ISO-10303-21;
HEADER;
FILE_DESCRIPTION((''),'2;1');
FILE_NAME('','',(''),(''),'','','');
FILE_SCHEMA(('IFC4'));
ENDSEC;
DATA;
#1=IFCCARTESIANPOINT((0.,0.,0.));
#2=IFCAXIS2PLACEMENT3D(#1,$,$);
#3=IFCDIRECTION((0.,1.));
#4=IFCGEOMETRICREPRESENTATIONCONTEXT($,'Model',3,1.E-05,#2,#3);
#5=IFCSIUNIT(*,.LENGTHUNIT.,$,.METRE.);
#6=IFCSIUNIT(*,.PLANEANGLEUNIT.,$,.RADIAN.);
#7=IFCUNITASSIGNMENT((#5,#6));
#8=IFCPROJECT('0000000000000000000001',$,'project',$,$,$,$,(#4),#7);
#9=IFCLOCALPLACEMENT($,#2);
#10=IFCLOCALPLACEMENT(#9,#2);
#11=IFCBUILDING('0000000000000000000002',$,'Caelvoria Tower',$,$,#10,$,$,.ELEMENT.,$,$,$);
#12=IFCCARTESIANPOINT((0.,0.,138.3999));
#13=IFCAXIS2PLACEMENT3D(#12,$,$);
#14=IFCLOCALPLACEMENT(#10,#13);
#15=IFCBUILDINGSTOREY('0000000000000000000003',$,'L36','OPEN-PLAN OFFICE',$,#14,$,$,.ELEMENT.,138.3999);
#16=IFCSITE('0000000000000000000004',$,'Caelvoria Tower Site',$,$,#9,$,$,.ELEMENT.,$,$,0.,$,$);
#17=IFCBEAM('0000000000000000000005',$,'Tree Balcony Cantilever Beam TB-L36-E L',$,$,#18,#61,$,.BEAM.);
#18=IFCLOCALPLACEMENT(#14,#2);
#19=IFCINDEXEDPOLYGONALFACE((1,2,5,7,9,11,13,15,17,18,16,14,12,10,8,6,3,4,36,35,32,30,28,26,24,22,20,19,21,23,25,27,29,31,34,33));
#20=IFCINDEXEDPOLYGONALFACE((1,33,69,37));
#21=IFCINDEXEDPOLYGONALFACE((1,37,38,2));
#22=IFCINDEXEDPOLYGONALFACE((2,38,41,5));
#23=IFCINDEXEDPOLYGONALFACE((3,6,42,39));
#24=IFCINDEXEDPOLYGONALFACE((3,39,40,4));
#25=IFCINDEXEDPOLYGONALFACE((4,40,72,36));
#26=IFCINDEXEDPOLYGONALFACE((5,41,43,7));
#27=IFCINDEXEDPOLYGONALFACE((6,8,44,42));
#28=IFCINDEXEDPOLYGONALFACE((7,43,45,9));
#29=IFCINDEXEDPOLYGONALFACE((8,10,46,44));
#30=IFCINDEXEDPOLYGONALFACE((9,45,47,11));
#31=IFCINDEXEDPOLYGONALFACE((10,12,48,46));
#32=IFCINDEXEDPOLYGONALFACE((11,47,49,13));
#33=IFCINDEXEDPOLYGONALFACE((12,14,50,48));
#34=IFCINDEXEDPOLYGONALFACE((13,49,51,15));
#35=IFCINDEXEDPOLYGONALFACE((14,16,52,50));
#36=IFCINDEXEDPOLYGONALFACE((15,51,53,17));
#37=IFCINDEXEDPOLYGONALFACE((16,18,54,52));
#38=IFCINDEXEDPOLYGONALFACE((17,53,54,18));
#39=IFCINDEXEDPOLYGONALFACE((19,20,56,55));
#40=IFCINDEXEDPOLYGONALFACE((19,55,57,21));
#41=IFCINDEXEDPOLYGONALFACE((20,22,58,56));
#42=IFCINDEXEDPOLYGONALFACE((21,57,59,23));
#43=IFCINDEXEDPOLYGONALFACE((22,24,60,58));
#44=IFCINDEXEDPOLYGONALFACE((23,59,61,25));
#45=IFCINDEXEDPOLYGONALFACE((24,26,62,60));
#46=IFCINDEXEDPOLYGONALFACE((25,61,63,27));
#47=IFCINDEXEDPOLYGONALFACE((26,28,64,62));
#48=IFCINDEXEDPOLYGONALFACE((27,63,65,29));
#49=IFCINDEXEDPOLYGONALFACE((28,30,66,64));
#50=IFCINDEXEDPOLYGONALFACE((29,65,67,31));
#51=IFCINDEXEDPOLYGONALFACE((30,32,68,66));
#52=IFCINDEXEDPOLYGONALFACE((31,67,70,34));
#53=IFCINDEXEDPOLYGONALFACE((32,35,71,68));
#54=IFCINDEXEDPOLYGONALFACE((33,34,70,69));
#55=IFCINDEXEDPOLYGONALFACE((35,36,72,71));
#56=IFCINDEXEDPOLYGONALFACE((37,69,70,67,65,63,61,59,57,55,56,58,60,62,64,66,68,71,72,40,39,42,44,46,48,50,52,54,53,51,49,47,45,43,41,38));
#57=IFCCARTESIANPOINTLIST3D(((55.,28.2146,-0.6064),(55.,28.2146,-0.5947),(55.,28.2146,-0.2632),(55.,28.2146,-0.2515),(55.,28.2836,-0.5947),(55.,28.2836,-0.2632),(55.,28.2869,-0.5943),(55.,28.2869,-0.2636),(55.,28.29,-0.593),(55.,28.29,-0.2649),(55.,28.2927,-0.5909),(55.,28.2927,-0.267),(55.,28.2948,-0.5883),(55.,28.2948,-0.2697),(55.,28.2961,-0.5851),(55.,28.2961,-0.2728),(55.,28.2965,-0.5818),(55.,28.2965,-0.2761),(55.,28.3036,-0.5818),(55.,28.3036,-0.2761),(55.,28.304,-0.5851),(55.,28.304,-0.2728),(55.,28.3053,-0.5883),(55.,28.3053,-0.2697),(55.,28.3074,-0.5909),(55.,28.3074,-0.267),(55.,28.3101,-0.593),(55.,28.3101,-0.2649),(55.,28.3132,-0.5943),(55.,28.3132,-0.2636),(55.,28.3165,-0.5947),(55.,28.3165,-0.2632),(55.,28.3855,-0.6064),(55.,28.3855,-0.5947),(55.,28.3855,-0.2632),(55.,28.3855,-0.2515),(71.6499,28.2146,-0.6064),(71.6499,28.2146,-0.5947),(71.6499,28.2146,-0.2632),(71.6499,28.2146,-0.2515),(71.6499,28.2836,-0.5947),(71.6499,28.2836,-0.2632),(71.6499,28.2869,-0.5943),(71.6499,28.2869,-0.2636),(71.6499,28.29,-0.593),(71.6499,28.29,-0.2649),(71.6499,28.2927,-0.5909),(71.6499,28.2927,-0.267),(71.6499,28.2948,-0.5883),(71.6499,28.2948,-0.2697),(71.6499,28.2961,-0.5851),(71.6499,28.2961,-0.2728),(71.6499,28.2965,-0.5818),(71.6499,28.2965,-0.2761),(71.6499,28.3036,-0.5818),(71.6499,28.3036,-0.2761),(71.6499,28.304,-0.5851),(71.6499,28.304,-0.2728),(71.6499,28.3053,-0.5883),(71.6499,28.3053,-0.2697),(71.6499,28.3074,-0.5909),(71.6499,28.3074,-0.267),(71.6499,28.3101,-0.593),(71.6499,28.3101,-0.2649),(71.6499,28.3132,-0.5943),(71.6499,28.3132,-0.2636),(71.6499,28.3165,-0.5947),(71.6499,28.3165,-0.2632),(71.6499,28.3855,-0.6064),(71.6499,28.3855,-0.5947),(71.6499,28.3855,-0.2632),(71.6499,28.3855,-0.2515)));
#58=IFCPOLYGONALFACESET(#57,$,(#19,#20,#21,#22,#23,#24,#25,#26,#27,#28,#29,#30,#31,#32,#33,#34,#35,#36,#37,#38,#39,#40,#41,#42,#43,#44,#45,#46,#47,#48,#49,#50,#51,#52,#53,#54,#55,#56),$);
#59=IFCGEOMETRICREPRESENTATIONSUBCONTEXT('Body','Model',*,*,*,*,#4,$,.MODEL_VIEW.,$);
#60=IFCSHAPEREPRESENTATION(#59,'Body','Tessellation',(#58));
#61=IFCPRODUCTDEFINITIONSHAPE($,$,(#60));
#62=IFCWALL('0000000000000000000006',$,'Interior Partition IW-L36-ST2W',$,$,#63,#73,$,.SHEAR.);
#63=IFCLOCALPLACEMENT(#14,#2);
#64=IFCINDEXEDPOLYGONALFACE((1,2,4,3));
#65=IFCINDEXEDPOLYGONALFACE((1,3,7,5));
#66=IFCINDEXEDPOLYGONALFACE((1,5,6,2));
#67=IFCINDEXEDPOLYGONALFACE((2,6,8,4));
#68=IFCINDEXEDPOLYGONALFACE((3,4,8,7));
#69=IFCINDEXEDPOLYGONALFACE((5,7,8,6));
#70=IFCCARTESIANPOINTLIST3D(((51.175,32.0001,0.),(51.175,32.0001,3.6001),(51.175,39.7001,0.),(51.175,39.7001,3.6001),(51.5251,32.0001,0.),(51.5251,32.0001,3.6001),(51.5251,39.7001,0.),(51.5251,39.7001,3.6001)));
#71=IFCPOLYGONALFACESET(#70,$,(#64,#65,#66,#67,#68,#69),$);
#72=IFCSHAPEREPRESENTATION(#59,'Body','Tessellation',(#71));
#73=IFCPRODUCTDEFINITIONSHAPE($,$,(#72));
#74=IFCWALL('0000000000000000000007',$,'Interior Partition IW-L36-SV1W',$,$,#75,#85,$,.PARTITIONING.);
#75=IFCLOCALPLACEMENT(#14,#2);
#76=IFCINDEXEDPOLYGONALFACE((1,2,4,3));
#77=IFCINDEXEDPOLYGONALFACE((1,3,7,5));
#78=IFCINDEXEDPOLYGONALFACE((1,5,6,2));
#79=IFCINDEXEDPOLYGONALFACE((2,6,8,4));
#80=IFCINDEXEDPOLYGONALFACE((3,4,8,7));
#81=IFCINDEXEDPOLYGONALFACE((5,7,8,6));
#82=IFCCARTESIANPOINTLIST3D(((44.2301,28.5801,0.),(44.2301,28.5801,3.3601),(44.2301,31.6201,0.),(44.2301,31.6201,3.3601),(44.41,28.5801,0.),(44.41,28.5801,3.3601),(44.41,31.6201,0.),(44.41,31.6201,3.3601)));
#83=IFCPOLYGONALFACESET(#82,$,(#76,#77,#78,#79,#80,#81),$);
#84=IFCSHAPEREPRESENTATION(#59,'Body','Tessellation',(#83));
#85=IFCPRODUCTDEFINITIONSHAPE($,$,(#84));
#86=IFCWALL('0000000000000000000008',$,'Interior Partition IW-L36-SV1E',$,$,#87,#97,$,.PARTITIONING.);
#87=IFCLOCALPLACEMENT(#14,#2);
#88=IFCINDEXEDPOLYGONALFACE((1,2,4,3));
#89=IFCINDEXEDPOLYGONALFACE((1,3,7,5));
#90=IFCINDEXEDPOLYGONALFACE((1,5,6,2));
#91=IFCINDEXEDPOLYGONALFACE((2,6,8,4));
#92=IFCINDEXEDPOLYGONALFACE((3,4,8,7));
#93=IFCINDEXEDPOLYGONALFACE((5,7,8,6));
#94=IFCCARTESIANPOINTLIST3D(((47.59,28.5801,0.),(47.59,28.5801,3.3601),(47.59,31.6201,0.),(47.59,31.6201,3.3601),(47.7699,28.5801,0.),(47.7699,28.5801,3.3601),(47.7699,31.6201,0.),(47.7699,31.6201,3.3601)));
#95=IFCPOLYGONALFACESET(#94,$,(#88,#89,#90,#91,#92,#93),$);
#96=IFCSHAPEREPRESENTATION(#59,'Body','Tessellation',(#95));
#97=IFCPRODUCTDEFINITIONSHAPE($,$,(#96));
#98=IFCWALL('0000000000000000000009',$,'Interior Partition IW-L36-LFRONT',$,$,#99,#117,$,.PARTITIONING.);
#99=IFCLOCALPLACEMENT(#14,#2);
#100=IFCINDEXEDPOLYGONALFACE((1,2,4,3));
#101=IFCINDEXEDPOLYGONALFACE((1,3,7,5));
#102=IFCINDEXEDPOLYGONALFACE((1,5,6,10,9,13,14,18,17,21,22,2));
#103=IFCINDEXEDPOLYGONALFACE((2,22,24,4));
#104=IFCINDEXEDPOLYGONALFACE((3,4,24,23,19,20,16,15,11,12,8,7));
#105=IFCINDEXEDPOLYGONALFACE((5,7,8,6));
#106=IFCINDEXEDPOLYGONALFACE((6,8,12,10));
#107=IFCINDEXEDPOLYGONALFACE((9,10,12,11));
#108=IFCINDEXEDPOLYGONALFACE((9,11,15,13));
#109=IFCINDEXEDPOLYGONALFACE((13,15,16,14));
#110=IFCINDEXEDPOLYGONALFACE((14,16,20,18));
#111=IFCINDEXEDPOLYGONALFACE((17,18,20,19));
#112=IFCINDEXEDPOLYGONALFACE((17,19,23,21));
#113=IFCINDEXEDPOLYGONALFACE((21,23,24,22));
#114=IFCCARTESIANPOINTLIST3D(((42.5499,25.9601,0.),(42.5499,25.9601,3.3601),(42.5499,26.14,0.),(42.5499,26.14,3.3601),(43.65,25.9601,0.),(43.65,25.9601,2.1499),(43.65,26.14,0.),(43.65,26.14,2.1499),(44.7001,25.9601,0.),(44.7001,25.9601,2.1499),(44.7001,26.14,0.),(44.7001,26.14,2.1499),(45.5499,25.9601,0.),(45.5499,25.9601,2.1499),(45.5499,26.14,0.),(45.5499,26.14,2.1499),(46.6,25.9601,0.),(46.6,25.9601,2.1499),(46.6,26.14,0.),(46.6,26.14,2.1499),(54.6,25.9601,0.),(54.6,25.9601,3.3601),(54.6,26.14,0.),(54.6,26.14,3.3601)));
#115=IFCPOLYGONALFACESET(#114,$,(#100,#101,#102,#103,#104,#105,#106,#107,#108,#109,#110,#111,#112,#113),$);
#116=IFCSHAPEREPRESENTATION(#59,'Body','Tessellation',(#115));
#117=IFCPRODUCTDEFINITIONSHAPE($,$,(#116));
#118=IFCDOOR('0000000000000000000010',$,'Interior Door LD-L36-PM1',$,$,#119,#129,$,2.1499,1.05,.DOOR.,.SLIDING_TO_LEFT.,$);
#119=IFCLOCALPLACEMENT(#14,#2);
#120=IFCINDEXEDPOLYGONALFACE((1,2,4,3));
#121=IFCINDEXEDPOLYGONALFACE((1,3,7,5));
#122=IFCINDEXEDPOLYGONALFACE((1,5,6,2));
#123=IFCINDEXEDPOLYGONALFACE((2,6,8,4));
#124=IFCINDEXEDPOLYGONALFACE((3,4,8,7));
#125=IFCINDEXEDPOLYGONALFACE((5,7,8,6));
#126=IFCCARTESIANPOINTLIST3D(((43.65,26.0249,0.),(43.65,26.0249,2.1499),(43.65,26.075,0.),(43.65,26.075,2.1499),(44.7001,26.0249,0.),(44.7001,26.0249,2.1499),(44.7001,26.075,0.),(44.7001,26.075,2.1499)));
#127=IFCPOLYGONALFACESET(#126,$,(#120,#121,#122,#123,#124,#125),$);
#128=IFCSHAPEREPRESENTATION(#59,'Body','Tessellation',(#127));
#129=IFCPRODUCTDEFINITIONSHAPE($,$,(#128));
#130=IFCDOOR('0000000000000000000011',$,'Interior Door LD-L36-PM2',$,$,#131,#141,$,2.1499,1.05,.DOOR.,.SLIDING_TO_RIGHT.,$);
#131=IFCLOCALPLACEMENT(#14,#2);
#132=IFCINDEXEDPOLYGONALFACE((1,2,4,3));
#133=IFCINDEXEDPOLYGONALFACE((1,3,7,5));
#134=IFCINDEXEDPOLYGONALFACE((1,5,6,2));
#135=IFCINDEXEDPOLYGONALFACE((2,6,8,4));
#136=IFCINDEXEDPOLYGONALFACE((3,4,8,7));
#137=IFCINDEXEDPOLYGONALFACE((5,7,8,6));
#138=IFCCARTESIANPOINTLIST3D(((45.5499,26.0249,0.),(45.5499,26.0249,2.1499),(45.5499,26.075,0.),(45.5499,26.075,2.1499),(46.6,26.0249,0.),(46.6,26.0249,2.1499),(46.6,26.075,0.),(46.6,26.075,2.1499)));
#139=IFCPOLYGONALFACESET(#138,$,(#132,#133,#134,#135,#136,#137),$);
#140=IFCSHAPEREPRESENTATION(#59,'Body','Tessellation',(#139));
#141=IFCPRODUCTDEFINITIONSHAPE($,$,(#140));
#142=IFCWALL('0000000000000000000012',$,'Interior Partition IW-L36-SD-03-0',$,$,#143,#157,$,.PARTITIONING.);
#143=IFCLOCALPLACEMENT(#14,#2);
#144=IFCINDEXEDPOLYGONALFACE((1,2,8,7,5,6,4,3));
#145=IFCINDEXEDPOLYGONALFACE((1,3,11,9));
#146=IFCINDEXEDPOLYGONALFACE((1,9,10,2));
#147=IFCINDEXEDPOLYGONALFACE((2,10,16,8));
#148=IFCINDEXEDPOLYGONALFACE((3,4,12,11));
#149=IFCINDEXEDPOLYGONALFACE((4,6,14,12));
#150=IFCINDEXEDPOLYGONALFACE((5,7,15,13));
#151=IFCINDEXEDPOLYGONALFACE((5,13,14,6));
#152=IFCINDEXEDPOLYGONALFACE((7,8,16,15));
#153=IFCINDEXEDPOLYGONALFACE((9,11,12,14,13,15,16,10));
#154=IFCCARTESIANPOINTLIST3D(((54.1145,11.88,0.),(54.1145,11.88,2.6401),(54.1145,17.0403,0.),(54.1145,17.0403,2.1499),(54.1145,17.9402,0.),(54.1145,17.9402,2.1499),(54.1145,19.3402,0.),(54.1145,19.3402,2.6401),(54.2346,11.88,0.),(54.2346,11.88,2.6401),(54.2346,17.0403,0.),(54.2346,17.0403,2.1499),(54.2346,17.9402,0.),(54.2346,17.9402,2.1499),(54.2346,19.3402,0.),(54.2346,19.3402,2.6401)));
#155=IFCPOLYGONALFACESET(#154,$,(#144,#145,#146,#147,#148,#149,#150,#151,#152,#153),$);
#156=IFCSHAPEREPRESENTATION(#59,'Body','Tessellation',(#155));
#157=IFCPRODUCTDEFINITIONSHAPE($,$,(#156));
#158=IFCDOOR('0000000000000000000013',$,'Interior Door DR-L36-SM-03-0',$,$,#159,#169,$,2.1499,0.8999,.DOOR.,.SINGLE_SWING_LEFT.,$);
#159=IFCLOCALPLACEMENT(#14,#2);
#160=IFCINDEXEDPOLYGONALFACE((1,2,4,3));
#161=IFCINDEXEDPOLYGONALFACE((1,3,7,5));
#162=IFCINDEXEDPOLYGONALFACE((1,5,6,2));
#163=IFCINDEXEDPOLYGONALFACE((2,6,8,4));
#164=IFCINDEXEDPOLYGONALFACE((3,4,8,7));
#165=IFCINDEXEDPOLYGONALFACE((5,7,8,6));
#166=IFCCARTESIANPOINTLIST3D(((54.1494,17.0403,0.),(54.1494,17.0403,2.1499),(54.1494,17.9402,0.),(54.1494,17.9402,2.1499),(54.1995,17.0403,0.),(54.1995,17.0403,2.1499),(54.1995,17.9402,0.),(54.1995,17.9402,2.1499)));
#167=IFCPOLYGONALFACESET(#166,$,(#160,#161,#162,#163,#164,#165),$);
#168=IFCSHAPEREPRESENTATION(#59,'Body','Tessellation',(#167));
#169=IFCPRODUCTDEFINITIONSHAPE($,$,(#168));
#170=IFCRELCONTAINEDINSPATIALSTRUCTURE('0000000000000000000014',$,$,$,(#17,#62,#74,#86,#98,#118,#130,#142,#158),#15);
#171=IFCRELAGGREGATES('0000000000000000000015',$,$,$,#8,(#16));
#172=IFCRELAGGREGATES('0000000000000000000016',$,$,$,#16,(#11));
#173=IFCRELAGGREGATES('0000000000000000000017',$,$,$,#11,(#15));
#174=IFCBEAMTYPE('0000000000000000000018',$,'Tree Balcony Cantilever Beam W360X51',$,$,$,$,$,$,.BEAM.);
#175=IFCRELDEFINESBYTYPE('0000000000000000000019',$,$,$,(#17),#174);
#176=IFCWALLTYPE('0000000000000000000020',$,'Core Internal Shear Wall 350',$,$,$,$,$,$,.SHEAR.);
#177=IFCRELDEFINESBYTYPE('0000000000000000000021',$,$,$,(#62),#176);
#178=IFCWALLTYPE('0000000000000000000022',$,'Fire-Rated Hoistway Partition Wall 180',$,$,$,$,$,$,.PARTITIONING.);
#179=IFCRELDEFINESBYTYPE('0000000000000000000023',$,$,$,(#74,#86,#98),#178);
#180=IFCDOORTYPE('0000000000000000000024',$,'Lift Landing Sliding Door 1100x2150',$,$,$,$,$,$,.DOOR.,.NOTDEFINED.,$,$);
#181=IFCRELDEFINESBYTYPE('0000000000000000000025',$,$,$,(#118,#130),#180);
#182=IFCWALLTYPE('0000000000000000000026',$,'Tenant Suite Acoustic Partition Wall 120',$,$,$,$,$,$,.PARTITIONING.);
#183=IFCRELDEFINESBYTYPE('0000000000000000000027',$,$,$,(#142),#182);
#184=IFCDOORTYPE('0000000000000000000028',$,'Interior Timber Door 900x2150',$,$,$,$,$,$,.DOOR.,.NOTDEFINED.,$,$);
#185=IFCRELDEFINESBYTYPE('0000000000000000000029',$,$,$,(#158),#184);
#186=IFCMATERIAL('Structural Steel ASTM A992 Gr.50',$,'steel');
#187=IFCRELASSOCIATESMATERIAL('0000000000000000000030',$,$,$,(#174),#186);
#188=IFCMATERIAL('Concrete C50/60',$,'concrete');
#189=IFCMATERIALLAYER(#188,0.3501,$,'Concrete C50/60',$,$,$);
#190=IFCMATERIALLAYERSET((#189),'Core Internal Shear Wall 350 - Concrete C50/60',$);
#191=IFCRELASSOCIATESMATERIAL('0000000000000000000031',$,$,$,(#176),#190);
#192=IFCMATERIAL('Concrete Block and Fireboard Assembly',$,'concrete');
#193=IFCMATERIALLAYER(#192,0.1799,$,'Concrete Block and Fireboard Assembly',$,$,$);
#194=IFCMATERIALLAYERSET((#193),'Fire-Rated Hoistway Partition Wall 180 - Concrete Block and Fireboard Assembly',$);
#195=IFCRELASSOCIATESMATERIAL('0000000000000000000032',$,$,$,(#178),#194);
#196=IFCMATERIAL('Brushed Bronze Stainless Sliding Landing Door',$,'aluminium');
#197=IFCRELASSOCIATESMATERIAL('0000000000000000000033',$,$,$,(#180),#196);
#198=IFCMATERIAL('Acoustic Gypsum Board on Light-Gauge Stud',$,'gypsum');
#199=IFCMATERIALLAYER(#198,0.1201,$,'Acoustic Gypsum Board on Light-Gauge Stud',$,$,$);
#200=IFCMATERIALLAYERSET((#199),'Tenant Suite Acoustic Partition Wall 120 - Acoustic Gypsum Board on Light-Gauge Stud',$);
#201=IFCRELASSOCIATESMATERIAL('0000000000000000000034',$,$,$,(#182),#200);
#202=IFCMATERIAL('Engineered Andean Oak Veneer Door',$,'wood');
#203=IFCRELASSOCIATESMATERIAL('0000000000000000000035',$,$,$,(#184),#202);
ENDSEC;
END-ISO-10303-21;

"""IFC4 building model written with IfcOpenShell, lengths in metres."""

from ifc_helpers import new_model, si_unit, direction, frame, frame_2d, origin, origin_2d, place, context, subcontext, project, spatial, rectangle, i_section, extrude, material, layer, layer_set, material_profile, profile_set, type_object, element, fill, save


model = new_model("IFC4")

# Units and contexts
model_context = context("Model", 3, precision=1e-05, world=origin(), true_north=direction((0.0, 1.0)))
body_context = subcontext(model_context, "Body", "Model", "MODEL_VIEW")
ifc_project = project(units=[si_unit("LENGTHUNIT", "METRE"), si_unit("PLANEANGLEUNIT", "RADIAN")], contexts=[model_context])

# Site, building, storey
site_placement = place(None, origin())
site = spatial("IfcSite", under=ifc_project, at=site_placement, Name="Caelvoria Tower Site", CompositionType="ELEMENT", RefElevation=0.0)
building_placement = place(site_placement, origin())
building = spatial("IfcBuilding", under=site, at=building_placement, Name="Caelvoria Tower", CompositionType="ELEMENT")
storey_placement = place(building_placement, frame((0.0, 0.0, 138.3999)))
storey = spatial("IfcBuildingStorey", under=building, at=storey_placement, Name="L36", Description="OPEN-PLAN OFFICE", CompositionType="ELEMENT", Elevation=138.3999)

# Beam
ifc_material_1 = material(Name="Structural Steel ASTM A992 Gr.50", Category="steel")
ifc_material_profile_1 = material_profile(ifc_material_1, i_section(OverallWidth=0.1709, OverallDepth=0.355, WebThickness=0.0071, FlangeThickness=0.0117, FilletRadius=0.0129, at=origin_2d()), Name="Structural Steel ASTM A992 Gr.50")
ifc_profile_set_1 = profile_set([ifc_material_profile_1], Name="W360X51 - Structural Steel ASTM A992 Gr.50")
beam_type_1 = type_object("IfcBeamType", Name="Tree Balcony Cantilever Beam W360X51", PredefinedType="BEAM", material=ifc_profile_set_1)
beam_1_placement = place(storey_placement, frame((55.0, 28.3, -0.429), z_axis=(1.0, 0.0, 0.0), x_axis=(0.0, 1.0, 0.0)))
element("IfcBeam", 1, at=beam_1_placement, inside=storey, type_object=beam_type_1, Name="Tree Balcony Cantilever Beam TB-L36-E L", PredefinedType="BEAM", context=body_context, shape_type="SweptSolid", body=[
    extrude(i_section(OverallWidth=0.1709, OverallDepth=0.355, WebThickness=0.0071, FlangeThickness=0.0117, FilletRadius=0.0129, at=origin_2d()), origin(), (0.0, 0.0, 1.0), 16.6499),
])

# Wall
ifc_material_2 = material(Name="Concrete C50/60", Category="concrete")
ifc_layer_1 = layer(ifc_material_2, 0.3501, Name="Concrete C50/60")
ifc_layer_set_1 = layer_set([ifc_layer_1], Name="Core Internal Shear Wall 350 - Concrete C50/60")
wall_type_1 = type_object("IfcWallType", Name="Core Internal Shear Wall 350", PredefinedType="SHEAR", material=ifc_layer_set_1)
wall_1_placement = place(storey_placement, frame((51.3501, 32.0, 0.0), z_axis=(0.0, 0.0, 1.0), x_axis=(0.0, 1.0, 0.0)))
element("IfcWall", 2, at=wall_1_placement, inside=storey, type_object=wall_type_1, Name="Interior Partition IW-L36-ST2W", PredefinedType="SHEAR", context=body_context, shape_type="SweptSolid", body=[
    extrude(rectangle(XDim=7.7, YDim=0.3501, at=frame_2d((3.8501, 0.0))), origin(), (0.0, 0.0, 1.0), 3.6001),
])

# Walls
ifc_material_3 = material(Name="Concrete Block and Fireboard Assembly", Category="concrete")
ifc_layer_2 = layer(ifc_material_3, 0.1799, Name="Concrete Block and Fireboard Assembly")
ifc_layer_set_2 = layer_set([ifc_layer_2], Name="Fire-Rated Hoistway Partition Wall 180 - Concrete Block and Fireboard Assembly")
wall_type_2 = type_object("IfcWallType", Name="Fire-Rated Hoistway Partition Wall 180", PredefinedType="PARTITIONING", material=ifc_layer_set_2)
for number, where, z_axis, x_axis, name in (
    (3, (44.3201, 28.5801, 0.0), (0.0, 0.0, 1.0), (0.0, 1.0, 0.0), "Interior Partition IW-L36-SV1W"),
    (4, (47.6799, 28.5801, 0.0), (0.0, 0.0, 1.0), (0.0, 1.0, 0.0), "Interior Partition IW-L36-SV1E"),
):
    element("IfcWall", number, at=place(storey_placement, frame(where, z_axis=z_axis, x_axis=x_axis)), inside=storey, type_object=wall_type_2, Name=name, PredefinedType="PARTITIONING", context=body_context, shape_type="SweptSolid", body=[
        extrude(rectangle(XDim=3.04, YDim=0.1799, at=frame_2d((1.52, 0.0))), origin(), (0.0, 0.0, 1.0), 3.3601),
    ])

# Wall, openings, doors
wall_2_placement = place(storey_placement, frame((42.55, 26.05, 0.0), z_axis=(0.0, 0.0, 1.0), x_axis=(1.0, 0.0, 0.0)))
wall_2 = element("IfcWall", 5, at=wall_2_placement, inside=storey, type_object=wall_type_2, Name="Interior Partition IW-L36-LFRONT", PredefinedType="PARTITIONING", context=body_context, shape_type="SweptSolid", body=[
    extrude(rectangle(XDim=12.05, YDim=0.1799, at=frame_2d((6.0249, 0.0))), origin(), (0.0, 0.0, 1.0), 3.3601),
])
opening_1_placement = place(wall_2_placement, frame((1.1001, 0.0, 0.0)))
opening_1 = element("IfcOpeningElement", 6, at=opening_1_placement, cuts=wall_2, PredefinedType="OPENING", context=body_context, shape_type="SweptSolid", body=[
    extrude(rectangle(XDim=1.05, YDim=2.1499, at=frame_2d((0.5249, 1.075))), frame((0.0, 0.0999, 0.0), z_axis=(0.0, -1.0, 0.0), x_axis=(1.0, 0.0, 0.0)), (0.0, 0.0, 1.0), 0.2),
])
opening_2_placement = place(wall_2_placement, frame((3.0, 0.0, 0.0)))
opening_2 = element("IfcOpeningElement", 7, at=opening_2_placement, cuts=wall_2, PredefinedType="OPENING", context=body_context, shape_type="SweptSolid", body=[
    extrude(rectangle(XDim=1.05, YDim=2.1499, at=frame_2d((0.5249, 1.075))), frame((0.0, 0.0999, 0.0), z_axis=(0.0, -1.0, 0.0), x_axis=(1.0, 0.0, 0.0)), (0.0, 0.0, 1.0), 0.2),
])
ifc_material_4 = material(Name="Brushed Bronze Stainless Sliding Landing Door", Category="aluminium")
door_type_1 = type_object("IfcDoorType", Name="Lift Landing Sliding Door 1100x2150", OperationType="NOTDEFINED", PredefinedType="DOOR", material=ifc_material_4)
door_1_placement = place(opening_1_placement, origin())
door_1 = element("IfcDoor", 8, at=door_1_placement, inside=storey, type_object=door_type_1, Name="Interior Door LD-L36-PM1", OperationType="SLIDING_TO_LEFT", OverallHeight=2.1499, OverallWidth=1.05, PredefinedType="DOOR", context=body_context, shape_type="SweptSolid", body=[
    extrude(rectangle(XDim=1.05, YDim=2.1499, at=frame_2d((0.5249, 1.075))), frame((0.0, 0.0249, 0.0), z_axis=(0.0, -1.0, 0.0), x_axis=(1.0, 0.0, 0.0)), (0.0, 0.0, 1.0), 0.05),
])
fill(opening_1, door_1)
door_2_placement = place(opening_2_placement, origin())
door_2 = element("IfcDoor", 9, at=door_2_placement, inside=storey, type_object=door_type_1, Name="Interior Door LD-L36-PM2", OperationType="SLIDING_TO_RIGHT", OverallHeight=2.1499, OverallWidth=1.05, PredefinedType="DOOR", context=body_context, shape_type="SweptSolid", body=[
    extrude(rectangle(XDim=1.05, YDim=2.1499, at=frame_2d((0.5249, 1.075))), frame((0.0, 0.0249, 0.0), z_axis=(0.0, -1.0, 0.0), x_axis=(1.0, 0.0, 0.0)), (0.0, 0.0, 1.0), 0.05),
])
fill(opening_2, door_2)

# Wall, opening, door
ifc_material_5 = material(Name="Acoustic Gypsum Board on Light-Gauge Stud", Category="gypsum")
ifc_layer_3 = layer(ifc_material_5, 0.1201, Name="Acoustic Gypsum Board on Light-Gauge Stud")
ifc_layer_set_3 = layer_set([ifc_layer_3], Name="Tenant Suite Acoustic Partition Wall 120 - Acoustic Gypsum Board on Light-Gauge Stud")
wall_type_3 = type_object("IfcWallType", Name="Tenant Suite Acoustic Partition Wall 120", PredefinedType="PARTITIONING", material=ifc_layer_set_3)
wall_3_placement = place(storey_placement, frame((54.1746, 19.3401, 0.0), z_axis=(0.0, 0.0, 1.0), x_axis=(0.0, -1.0, 0.0)))
wall_3 = element("IfcWall", 10, at=wall_3_placement, inside=storey, type_object=wall_type_3, Name="Interior Partition IW-L36-SD-03-0", PredefinedType="PARTITIONING", context=body_context, shape_type="SweptSolid", body=[
    extrude(rectangle(XDim=7.4602, YDim=0.1201, at=frame_2d((3.73, 0.0))), origin(), (0.0, 0.0, 1.0), 2.6401),
])
opening_3_placement = place(wall_3_placement, frame((1.3999, 0.0, 0.0)))
opening_3 = element("IfcOpeningElement", 11, at=opening_3_placement, cuts=wall_3, PredefinedType="OPENING", context=body_context, shape_type="SweptSolid", body=[
    extrude(rectangle(XDim=0.8999, YDim=2.1499, at=frame_2d((0.45, 1.075))), frame((0.0, 0.0701, 0.0), z_axis=(0.0, -1.0, 0.0), x_axis=(1.0, 0.0, 0.0)), (0.0, 0.0, 1.0), 0.1401),
])
ifc_material_6 = material(Name="Engineered Andean Oak Veneer Door", Category="wood")
door_type_2 = type_object("IfcDoorType", Name="Interior Timber Door 900x2150", OperationType="NOTDEFINED", PredefinedType="DOOR", material=ifc_material_6)
door_3_placement = place(opening_3_placement, origin())
door_3 = element("IfcDoor", 12, at=door_3_placement, inside=storey, type_object=door_type_2, Name="Interior Door DR-L36-SM-03-0", OperationType="SINGLE_SWING_LEFT", OverallHeight=2.1499, OverallWidth=0.8999, PredefinedType="DOOR", context=body_context, shape_type="SweptSolid", body=[
    extrude(rectangle(XDim=0.8999, YDim=2.1499, at=frame_2d((0.45, 1.075))), frame((0.0, 0.0249, 0.0), z_axis=(0.0, -1.0, 0.0), x_axis=(1.0, 0.0, 0.0)), (0.0, 0.0, 1.0), 0.05),
])
fill(opening_3, door_3)

save(model, "model.ifc")
